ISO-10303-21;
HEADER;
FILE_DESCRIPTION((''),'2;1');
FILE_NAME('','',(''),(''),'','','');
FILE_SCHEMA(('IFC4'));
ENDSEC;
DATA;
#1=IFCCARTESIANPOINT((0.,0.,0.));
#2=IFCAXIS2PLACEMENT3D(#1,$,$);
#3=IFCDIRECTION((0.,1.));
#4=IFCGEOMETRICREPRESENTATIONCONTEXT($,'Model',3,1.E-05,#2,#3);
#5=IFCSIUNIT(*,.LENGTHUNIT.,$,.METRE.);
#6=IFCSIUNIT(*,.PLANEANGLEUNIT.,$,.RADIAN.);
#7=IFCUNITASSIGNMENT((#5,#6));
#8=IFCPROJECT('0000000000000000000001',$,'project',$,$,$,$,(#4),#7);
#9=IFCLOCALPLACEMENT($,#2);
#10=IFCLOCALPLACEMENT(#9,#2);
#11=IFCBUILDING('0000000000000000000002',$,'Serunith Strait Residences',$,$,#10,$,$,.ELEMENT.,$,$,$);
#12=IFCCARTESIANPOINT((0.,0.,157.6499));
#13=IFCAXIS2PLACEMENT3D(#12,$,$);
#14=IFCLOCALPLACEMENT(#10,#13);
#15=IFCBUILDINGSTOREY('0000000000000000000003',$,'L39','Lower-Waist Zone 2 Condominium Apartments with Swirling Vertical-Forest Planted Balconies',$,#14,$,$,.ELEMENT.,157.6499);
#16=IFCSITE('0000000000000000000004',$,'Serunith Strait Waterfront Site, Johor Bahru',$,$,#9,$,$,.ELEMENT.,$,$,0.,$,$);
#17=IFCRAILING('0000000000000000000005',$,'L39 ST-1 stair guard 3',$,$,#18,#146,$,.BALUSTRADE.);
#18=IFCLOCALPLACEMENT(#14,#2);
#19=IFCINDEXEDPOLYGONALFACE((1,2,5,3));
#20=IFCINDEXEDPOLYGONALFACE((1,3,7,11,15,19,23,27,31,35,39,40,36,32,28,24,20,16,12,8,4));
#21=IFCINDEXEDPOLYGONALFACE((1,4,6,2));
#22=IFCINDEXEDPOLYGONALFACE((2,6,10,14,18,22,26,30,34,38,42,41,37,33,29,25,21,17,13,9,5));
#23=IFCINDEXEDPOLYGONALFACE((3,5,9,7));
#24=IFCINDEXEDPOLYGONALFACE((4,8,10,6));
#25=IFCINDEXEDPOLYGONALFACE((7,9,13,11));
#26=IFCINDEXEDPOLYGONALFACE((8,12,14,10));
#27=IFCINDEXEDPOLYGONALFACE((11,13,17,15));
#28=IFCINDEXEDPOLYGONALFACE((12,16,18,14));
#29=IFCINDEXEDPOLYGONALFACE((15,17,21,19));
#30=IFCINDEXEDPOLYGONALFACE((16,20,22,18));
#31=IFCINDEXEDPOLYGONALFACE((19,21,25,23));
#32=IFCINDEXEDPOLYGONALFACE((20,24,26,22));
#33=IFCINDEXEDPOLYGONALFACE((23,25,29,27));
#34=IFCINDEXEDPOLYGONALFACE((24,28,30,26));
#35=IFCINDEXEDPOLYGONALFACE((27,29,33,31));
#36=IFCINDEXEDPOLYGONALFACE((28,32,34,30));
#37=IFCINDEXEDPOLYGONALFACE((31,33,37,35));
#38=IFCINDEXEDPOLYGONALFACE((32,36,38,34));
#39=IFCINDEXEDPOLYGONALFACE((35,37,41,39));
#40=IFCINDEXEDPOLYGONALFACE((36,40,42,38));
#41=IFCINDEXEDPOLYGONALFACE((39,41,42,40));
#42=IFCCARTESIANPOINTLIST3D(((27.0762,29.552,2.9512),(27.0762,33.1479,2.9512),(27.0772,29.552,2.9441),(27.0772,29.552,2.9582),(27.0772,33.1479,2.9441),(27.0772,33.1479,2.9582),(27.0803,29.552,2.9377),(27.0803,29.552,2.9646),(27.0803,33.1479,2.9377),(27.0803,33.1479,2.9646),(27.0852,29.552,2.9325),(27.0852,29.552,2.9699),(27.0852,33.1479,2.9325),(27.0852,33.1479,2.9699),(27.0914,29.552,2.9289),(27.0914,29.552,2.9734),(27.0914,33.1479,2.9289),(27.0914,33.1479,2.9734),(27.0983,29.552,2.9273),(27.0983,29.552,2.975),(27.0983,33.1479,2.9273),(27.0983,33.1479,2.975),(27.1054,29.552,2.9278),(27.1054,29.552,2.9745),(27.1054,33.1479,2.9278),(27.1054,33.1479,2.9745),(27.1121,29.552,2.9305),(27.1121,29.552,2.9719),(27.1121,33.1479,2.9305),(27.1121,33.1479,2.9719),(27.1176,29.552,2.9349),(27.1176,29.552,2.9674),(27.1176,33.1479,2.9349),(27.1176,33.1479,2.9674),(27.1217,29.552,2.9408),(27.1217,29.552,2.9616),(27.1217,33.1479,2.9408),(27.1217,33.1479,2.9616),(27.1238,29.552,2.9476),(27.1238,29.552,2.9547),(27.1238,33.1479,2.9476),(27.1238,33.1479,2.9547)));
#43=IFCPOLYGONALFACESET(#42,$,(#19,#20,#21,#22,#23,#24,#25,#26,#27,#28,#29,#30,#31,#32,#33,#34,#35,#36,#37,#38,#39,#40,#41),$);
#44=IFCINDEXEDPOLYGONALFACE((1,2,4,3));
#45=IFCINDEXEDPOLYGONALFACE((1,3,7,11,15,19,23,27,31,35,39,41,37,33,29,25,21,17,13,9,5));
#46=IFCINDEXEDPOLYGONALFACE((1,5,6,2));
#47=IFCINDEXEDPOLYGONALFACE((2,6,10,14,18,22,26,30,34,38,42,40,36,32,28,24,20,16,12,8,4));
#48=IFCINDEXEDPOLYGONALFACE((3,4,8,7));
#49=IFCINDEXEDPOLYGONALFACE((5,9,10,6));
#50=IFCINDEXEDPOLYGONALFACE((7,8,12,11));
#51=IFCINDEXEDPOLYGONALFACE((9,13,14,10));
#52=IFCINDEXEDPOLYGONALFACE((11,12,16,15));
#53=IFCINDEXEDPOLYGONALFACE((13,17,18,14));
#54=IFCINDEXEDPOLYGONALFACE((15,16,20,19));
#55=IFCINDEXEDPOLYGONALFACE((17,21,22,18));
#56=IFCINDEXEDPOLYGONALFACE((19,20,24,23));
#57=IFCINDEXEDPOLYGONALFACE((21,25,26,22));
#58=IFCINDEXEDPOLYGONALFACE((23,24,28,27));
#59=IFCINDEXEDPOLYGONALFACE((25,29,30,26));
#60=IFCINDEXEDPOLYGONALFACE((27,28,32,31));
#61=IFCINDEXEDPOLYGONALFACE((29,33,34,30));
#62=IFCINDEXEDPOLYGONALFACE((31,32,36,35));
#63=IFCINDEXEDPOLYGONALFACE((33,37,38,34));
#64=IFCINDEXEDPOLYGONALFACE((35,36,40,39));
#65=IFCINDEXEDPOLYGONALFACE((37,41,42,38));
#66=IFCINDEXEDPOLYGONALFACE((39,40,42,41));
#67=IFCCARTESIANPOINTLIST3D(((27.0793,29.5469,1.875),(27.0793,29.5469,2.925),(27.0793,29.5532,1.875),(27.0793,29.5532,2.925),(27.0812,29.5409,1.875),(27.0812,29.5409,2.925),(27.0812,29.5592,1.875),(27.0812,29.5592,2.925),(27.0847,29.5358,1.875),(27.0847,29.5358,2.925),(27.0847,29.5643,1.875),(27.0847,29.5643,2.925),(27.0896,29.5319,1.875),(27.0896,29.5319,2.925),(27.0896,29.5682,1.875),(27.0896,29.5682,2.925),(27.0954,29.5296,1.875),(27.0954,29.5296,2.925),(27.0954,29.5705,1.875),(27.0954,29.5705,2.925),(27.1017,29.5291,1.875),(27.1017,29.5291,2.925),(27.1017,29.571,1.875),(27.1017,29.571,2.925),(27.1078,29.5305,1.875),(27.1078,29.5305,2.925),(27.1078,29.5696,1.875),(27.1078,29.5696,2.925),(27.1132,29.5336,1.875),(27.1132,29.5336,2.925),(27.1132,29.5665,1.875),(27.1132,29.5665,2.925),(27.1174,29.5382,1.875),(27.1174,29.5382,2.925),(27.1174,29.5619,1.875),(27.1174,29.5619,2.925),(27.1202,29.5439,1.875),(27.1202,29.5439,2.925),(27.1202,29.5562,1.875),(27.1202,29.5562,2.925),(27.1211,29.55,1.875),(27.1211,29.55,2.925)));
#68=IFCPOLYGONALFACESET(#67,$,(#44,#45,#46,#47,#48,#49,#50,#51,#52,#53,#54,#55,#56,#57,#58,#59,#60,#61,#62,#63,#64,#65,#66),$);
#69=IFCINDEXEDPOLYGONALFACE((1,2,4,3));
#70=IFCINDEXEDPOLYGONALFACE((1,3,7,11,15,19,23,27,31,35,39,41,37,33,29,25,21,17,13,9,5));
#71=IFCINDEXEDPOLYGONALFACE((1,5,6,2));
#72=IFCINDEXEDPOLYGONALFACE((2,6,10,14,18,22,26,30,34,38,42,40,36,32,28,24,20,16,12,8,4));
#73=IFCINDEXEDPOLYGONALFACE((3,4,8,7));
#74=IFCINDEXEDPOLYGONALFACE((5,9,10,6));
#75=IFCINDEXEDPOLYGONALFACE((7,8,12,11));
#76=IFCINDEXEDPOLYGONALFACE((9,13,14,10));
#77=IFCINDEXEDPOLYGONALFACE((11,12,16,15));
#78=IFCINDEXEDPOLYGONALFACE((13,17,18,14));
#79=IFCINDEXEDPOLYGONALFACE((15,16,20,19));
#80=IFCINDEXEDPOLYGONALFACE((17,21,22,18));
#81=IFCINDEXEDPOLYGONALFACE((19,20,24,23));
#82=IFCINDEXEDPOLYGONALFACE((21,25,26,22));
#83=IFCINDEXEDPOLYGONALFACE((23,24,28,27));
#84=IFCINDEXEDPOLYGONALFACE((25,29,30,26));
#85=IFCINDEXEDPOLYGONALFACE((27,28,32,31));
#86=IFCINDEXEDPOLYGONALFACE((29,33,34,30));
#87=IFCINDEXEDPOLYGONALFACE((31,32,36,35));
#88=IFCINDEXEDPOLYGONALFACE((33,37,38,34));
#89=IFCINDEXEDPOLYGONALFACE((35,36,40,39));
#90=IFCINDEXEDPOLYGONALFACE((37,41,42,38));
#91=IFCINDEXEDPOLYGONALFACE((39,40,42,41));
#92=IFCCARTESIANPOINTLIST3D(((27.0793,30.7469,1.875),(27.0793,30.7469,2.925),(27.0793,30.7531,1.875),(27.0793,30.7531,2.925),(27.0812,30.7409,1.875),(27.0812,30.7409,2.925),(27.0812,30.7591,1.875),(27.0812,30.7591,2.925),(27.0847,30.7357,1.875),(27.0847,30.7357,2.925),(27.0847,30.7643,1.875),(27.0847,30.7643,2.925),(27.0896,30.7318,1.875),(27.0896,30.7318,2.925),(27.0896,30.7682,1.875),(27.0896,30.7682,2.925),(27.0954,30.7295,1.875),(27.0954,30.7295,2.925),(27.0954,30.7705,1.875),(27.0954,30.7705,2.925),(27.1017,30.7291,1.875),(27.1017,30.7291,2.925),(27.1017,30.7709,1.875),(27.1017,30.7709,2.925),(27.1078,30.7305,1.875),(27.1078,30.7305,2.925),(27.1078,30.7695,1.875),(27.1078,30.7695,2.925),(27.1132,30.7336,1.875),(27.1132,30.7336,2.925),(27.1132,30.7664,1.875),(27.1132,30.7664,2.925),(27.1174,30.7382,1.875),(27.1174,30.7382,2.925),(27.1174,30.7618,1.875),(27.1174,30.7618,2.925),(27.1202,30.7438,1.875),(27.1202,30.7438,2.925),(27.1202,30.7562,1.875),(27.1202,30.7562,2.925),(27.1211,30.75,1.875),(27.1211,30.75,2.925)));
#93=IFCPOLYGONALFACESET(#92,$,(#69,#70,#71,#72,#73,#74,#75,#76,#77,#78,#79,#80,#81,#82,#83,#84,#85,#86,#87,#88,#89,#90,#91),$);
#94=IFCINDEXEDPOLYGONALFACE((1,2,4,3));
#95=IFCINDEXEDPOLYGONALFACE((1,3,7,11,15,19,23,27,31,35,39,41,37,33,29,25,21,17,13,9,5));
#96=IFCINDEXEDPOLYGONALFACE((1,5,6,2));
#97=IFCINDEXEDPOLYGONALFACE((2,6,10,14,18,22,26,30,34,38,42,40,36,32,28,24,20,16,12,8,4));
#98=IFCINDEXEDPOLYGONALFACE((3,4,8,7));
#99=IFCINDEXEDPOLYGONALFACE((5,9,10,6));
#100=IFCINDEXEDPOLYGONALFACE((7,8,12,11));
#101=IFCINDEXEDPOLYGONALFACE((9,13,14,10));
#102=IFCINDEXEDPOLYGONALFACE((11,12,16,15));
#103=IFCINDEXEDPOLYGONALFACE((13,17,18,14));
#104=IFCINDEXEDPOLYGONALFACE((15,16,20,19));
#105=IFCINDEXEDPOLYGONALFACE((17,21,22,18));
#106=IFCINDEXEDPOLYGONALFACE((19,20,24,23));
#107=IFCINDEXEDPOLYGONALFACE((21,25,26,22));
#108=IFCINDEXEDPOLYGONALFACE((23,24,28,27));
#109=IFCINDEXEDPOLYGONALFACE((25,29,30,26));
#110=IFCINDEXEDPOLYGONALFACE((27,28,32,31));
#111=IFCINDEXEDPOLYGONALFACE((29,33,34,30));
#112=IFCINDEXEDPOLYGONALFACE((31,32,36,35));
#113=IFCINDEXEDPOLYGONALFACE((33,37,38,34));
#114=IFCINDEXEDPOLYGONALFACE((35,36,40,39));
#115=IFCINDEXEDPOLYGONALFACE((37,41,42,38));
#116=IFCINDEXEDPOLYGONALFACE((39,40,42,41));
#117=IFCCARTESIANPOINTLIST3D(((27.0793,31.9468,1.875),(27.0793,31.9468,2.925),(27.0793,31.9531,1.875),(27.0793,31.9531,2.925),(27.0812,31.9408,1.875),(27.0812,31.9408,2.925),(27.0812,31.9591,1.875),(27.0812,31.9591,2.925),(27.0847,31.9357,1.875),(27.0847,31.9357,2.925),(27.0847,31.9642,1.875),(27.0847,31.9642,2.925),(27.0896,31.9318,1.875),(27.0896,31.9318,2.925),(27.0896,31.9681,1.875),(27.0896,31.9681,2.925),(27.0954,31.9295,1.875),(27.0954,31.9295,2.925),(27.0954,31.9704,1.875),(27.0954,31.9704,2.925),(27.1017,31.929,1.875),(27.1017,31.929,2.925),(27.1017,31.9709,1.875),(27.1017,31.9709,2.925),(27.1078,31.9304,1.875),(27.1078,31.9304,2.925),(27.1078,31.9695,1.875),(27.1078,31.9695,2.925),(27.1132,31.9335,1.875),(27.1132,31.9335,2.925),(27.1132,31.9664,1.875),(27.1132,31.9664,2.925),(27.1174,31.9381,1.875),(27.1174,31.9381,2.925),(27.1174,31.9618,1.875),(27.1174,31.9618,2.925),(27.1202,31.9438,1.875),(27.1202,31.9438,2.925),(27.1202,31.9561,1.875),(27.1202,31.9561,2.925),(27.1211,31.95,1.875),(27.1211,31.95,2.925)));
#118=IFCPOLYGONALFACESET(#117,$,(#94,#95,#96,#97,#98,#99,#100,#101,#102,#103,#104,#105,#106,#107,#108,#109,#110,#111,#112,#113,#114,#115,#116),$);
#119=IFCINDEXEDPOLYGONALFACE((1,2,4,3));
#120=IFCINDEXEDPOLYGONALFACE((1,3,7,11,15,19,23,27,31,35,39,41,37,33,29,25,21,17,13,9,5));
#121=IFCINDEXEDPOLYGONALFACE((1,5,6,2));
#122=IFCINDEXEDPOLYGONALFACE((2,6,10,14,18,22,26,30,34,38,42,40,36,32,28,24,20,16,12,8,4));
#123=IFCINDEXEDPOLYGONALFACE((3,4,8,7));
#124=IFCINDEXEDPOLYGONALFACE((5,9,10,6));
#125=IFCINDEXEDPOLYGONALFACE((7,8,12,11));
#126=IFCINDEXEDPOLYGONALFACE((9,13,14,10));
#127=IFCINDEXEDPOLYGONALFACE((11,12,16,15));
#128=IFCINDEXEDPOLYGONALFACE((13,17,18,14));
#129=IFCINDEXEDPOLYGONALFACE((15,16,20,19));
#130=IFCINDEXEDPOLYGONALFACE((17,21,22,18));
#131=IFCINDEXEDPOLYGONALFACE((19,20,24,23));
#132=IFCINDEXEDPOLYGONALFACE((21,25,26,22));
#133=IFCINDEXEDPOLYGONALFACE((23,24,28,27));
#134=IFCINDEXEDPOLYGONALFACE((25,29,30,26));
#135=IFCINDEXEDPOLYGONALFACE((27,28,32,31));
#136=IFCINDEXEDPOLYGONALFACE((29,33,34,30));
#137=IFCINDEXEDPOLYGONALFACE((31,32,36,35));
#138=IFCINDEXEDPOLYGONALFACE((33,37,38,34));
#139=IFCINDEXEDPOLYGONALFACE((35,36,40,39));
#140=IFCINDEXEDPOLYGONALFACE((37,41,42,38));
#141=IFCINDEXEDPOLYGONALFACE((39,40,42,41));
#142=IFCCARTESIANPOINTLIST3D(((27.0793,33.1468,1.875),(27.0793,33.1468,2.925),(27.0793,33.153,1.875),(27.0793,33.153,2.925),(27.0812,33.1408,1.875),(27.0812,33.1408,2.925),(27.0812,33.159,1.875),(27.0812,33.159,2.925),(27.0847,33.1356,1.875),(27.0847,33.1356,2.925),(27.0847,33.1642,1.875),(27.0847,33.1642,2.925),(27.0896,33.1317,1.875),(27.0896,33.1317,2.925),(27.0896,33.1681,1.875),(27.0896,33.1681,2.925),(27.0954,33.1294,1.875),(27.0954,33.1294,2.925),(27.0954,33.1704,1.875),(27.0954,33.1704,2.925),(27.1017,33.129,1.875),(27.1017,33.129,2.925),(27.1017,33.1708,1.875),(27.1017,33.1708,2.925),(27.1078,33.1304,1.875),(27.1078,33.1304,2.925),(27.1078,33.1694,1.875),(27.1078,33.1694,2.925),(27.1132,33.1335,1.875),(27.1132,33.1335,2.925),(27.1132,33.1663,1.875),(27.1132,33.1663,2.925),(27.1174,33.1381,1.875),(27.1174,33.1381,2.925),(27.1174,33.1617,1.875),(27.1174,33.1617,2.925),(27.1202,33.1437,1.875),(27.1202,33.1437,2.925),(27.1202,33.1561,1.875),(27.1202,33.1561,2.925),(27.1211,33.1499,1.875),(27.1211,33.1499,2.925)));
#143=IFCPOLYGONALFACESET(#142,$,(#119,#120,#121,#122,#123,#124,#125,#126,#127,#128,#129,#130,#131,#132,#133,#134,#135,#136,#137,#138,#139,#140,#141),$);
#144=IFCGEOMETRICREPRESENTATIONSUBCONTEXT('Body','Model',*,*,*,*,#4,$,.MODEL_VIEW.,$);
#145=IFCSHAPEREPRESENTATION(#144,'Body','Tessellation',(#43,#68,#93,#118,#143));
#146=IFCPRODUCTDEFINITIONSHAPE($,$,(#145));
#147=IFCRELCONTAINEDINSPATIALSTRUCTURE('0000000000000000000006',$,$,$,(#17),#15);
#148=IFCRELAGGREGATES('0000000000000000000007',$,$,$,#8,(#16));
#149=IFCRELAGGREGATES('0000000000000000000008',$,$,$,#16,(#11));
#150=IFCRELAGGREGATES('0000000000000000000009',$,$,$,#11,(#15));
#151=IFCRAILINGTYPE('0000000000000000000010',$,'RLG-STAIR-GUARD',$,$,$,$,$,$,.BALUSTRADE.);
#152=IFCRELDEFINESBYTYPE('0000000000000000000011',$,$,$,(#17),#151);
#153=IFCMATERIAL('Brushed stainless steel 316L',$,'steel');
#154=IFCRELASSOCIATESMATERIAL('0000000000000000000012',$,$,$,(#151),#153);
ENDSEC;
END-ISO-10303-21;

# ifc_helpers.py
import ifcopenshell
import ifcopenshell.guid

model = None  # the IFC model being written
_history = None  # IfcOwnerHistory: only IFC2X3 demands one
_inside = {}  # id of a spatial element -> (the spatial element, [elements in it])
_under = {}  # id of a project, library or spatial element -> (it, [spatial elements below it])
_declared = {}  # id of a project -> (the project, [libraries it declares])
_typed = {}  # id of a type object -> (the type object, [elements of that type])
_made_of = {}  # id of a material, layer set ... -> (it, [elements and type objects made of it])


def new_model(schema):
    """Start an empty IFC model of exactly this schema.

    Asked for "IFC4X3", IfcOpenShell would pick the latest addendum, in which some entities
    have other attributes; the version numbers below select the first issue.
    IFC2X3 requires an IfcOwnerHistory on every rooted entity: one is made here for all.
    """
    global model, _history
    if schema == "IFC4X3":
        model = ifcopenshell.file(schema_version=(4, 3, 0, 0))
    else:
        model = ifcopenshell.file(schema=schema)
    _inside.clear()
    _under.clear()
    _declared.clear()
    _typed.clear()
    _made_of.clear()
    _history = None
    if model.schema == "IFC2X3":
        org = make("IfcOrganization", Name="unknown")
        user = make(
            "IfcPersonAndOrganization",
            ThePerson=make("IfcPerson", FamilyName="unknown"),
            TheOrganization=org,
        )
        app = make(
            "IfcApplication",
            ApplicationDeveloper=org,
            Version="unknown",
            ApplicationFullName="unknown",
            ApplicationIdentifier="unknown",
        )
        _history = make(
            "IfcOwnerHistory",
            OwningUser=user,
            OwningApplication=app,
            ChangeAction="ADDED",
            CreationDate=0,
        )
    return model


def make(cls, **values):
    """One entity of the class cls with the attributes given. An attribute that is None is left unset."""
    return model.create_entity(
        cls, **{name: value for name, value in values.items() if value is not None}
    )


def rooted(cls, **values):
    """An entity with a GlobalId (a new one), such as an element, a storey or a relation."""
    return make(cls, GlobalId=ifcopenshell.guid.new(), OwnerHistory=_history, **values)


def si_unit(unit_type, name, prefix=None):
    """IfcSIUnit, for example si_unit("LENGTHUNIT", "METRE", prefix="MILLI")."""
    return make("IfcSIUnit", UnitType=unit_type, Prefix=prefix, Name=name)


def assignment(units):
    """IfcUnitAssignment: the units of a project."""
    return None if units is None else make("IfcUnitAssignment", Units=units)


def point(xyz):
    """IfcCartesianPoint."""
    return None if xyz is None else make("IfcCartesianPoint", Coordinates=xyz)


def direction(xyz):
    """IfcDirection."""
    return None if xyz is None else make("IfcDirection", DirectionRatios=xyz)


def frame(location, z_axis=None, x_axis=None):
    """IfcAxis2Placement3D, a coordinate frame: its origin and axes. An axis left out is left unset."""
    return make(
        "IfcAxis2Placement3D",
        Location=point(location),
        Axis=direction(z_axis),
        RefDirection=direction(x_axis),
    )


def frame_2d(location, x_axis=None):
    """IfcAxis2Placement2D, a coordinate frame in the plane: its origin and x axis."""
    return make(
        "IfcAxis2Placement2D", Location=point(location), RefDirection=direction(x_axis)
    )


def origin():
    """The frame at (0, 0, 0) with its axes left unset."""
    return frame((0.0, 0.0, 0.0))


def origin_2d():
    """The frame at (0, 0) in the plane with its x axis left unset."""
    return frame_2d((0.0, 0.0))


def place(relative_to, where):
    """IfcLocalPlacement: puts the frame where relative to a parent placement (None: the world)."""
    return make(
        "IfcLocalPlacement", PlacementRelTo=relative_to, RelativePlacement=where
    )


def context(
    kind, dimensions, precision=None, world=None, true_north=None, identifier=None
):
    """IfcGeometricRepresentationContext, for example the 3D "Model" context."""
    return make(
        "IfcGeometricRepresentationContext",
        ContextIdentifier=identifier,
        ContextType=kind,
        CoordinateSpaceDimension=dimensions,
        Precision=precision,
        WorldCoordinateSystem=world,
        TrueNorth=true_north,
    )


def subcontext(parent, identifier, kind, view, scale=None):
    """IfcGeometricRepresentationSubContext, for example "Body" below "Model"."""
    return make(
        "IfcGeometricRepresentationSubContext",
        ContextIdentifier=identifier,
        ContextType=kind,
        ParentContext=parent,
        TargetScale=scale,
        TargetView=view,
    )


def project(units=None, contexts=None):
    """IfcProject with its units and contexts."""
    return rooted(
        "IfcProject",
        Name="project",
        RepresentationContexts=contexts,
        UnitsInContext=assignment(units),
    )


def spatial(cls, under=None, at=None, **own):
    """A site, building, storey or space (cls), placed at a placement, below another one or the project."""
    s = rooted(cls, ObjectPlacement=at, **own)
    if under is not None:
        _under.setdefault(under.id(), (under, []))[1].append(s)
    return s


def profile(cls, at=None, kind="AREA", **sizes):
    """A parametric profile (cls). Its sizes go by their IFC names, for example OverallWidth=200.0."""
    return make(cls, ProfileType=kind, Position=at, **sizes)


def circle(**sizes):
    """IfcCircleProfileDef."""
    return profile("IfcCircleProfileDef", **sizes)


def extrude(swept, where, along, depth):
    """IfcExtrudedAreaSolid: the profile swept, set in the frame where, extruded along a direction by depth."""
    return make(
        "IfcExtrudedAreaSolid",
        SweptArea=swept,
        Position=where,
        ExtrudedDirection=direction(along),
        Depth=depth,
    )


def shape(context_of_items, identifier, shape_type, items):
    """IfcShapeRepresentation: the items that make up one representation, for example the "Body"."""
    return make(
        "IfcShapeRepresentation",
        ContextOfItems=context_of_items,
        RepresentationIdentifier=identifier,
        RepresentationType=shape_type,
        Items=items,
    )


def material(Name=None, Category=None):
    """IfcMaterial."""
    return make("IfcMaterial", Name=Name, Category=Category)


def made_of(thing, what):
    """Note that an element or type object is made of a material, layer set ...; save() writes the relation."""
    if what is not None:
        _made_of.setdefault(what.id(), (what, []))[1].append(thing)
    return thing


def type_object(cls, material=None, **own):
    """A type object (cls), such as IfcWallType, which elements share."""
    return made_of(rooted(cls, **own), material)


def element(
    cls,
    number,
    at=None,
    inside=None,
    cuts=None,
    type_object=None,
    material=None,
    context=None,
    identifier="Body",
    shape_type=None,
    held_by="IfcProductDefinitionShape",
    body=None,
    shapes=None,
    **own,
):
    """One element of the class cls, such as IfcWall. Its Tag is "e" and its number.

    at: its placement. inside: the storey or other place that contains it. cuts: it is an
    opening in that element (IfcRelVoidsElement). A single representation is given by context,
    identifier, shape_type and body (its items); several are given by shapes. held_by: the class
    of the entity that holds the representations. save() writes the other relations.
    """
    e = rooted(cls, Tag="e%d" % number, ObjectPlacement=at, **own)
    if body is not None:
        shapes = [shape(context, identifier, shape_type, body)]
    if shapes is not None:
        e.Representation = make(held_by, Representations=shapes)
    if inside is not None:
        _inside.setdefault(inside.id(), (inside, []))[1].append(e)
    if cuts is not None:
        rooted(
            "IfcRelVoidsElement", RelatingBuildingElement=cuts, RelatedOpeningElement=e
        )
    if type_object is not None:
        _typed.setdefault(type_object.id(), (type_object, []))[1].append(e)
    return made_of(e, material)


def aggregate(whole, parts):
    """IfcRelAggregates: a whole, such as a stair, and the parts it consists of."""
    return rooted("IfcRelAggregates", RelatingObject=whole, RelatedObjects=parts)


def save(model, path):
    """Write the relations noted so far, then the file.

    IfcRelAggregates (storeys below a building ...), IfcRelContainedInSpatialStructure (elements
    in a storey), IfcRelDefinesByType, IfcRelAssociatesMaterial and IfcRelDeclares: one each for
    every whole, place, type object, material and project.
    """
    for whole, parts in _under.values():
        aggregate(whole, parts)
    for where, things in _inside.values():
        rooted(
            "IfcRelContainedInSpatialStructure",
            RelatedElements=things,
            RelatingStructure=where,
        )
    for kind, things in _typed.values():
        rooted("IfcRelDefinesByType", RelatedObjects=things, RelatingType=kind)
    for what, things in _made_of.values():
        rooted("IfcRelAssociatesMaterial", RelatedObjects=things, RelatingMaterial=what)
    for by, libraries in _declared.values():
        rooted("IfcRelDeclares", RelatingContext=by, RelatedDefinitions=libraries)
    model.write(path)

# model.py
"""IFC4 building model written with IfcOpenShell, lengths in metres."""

from ifc_helpers import new_model, si_unit, direction, frame, origin, origin_2d, place, context, subcontext, project, spatial, circle, extrude, material, type_object, element, save


model = new_model("IFC4")

# Units and contexts
model_context = context("Model", 3, precision=1e-05, world=origin(), true_north=direction((0.0, 1.0)))
body_context = subcontext(model_context, "Body", "Model", "MODEL_VIEW")
ifc_project = project(units=[si_unit("LENGTHUNIT", "METRE"), si_unit("PLANEANGLEUNIT", "RADIAN")], contexts=[model_context])

# Site, building, storey
site_placement = place(None, origin())
site = spatial("IfcSite", under=ifc_project, at=site_placement, Name="Serunith Strait Waterfront Site, Johor Bahru", CompositionType="ELEMENT", RefElevation=0.0)
building_placement = place(site_placement, origin())
building = spatial("IfcBuilding", under=site, at=building_placement, Name="Serunith Strait Residences", CompositionType="ELEMENT")
storey_placement = place(building_placement, frame((0.0, 0.0, 157.6499)))
storey = spatial("IfcBuildingStorey", under=building, at=storey_placement, Name="L39", Description="Lower-Waist Zone 2 Condominium Apartments with Swirling Vertical-Forest Planted Balconies", CompositionType="ELEMENT", Elevation=157.6499)

# Railing
ifc_material_1 = material(Name="Brushed stainless steel 316L", Category="steel")
railing_type_1 = type_object("IfcRailingType", Name="RLG-STAIR-GUARD", PredefinedType="BALUSTRADE", material=ifc_material_1)
for number, where, name in (
    (1, (27.1001, 29.55, 1.875), "L39 ST-1 stair guard 3"),
):
    element("IfcRailing", number, at=place(storey_placement, frame(where)), inside=storey, type_object=railing_type_1, Name=name, PredefinedType="BALUSTRADE", context=body_context, shape_type="SweptSolid", body=[
        extrude(circle(Radius=0.0239, at=origin_2d()), frame((0.0, 0.002, 1.0762), z_axis=(0.0, 1.0, 0.0), x_axis=(-1.0, 0.0, 0.0)), (0.0, 0.0, 1.0), 3.5959),
        extrude(circle(Radius=0.021, at=origin_2d()), origin(), (0.0, 0.0, 1.0), 1.05),
        extrude(circle(Radius=0.021, at=origin_2d()), frame((0.0, 1.2, 0.0)), (0.0, 0.0, 1.0), 1.05),
        extrude(circle(Radius=0.021, at=origin_2d()), frame((0.0, 2.3999, 0.0)), (0.0, 0.0, 1.0), 1.05),
        extrude(circle(Radius=0.021, at=origin_2d()), frame((0.0, 3.5999, 0.0)), (0.0, 0.0, 1.0), 1.05),
    ])

save(model, "model.ifc")
